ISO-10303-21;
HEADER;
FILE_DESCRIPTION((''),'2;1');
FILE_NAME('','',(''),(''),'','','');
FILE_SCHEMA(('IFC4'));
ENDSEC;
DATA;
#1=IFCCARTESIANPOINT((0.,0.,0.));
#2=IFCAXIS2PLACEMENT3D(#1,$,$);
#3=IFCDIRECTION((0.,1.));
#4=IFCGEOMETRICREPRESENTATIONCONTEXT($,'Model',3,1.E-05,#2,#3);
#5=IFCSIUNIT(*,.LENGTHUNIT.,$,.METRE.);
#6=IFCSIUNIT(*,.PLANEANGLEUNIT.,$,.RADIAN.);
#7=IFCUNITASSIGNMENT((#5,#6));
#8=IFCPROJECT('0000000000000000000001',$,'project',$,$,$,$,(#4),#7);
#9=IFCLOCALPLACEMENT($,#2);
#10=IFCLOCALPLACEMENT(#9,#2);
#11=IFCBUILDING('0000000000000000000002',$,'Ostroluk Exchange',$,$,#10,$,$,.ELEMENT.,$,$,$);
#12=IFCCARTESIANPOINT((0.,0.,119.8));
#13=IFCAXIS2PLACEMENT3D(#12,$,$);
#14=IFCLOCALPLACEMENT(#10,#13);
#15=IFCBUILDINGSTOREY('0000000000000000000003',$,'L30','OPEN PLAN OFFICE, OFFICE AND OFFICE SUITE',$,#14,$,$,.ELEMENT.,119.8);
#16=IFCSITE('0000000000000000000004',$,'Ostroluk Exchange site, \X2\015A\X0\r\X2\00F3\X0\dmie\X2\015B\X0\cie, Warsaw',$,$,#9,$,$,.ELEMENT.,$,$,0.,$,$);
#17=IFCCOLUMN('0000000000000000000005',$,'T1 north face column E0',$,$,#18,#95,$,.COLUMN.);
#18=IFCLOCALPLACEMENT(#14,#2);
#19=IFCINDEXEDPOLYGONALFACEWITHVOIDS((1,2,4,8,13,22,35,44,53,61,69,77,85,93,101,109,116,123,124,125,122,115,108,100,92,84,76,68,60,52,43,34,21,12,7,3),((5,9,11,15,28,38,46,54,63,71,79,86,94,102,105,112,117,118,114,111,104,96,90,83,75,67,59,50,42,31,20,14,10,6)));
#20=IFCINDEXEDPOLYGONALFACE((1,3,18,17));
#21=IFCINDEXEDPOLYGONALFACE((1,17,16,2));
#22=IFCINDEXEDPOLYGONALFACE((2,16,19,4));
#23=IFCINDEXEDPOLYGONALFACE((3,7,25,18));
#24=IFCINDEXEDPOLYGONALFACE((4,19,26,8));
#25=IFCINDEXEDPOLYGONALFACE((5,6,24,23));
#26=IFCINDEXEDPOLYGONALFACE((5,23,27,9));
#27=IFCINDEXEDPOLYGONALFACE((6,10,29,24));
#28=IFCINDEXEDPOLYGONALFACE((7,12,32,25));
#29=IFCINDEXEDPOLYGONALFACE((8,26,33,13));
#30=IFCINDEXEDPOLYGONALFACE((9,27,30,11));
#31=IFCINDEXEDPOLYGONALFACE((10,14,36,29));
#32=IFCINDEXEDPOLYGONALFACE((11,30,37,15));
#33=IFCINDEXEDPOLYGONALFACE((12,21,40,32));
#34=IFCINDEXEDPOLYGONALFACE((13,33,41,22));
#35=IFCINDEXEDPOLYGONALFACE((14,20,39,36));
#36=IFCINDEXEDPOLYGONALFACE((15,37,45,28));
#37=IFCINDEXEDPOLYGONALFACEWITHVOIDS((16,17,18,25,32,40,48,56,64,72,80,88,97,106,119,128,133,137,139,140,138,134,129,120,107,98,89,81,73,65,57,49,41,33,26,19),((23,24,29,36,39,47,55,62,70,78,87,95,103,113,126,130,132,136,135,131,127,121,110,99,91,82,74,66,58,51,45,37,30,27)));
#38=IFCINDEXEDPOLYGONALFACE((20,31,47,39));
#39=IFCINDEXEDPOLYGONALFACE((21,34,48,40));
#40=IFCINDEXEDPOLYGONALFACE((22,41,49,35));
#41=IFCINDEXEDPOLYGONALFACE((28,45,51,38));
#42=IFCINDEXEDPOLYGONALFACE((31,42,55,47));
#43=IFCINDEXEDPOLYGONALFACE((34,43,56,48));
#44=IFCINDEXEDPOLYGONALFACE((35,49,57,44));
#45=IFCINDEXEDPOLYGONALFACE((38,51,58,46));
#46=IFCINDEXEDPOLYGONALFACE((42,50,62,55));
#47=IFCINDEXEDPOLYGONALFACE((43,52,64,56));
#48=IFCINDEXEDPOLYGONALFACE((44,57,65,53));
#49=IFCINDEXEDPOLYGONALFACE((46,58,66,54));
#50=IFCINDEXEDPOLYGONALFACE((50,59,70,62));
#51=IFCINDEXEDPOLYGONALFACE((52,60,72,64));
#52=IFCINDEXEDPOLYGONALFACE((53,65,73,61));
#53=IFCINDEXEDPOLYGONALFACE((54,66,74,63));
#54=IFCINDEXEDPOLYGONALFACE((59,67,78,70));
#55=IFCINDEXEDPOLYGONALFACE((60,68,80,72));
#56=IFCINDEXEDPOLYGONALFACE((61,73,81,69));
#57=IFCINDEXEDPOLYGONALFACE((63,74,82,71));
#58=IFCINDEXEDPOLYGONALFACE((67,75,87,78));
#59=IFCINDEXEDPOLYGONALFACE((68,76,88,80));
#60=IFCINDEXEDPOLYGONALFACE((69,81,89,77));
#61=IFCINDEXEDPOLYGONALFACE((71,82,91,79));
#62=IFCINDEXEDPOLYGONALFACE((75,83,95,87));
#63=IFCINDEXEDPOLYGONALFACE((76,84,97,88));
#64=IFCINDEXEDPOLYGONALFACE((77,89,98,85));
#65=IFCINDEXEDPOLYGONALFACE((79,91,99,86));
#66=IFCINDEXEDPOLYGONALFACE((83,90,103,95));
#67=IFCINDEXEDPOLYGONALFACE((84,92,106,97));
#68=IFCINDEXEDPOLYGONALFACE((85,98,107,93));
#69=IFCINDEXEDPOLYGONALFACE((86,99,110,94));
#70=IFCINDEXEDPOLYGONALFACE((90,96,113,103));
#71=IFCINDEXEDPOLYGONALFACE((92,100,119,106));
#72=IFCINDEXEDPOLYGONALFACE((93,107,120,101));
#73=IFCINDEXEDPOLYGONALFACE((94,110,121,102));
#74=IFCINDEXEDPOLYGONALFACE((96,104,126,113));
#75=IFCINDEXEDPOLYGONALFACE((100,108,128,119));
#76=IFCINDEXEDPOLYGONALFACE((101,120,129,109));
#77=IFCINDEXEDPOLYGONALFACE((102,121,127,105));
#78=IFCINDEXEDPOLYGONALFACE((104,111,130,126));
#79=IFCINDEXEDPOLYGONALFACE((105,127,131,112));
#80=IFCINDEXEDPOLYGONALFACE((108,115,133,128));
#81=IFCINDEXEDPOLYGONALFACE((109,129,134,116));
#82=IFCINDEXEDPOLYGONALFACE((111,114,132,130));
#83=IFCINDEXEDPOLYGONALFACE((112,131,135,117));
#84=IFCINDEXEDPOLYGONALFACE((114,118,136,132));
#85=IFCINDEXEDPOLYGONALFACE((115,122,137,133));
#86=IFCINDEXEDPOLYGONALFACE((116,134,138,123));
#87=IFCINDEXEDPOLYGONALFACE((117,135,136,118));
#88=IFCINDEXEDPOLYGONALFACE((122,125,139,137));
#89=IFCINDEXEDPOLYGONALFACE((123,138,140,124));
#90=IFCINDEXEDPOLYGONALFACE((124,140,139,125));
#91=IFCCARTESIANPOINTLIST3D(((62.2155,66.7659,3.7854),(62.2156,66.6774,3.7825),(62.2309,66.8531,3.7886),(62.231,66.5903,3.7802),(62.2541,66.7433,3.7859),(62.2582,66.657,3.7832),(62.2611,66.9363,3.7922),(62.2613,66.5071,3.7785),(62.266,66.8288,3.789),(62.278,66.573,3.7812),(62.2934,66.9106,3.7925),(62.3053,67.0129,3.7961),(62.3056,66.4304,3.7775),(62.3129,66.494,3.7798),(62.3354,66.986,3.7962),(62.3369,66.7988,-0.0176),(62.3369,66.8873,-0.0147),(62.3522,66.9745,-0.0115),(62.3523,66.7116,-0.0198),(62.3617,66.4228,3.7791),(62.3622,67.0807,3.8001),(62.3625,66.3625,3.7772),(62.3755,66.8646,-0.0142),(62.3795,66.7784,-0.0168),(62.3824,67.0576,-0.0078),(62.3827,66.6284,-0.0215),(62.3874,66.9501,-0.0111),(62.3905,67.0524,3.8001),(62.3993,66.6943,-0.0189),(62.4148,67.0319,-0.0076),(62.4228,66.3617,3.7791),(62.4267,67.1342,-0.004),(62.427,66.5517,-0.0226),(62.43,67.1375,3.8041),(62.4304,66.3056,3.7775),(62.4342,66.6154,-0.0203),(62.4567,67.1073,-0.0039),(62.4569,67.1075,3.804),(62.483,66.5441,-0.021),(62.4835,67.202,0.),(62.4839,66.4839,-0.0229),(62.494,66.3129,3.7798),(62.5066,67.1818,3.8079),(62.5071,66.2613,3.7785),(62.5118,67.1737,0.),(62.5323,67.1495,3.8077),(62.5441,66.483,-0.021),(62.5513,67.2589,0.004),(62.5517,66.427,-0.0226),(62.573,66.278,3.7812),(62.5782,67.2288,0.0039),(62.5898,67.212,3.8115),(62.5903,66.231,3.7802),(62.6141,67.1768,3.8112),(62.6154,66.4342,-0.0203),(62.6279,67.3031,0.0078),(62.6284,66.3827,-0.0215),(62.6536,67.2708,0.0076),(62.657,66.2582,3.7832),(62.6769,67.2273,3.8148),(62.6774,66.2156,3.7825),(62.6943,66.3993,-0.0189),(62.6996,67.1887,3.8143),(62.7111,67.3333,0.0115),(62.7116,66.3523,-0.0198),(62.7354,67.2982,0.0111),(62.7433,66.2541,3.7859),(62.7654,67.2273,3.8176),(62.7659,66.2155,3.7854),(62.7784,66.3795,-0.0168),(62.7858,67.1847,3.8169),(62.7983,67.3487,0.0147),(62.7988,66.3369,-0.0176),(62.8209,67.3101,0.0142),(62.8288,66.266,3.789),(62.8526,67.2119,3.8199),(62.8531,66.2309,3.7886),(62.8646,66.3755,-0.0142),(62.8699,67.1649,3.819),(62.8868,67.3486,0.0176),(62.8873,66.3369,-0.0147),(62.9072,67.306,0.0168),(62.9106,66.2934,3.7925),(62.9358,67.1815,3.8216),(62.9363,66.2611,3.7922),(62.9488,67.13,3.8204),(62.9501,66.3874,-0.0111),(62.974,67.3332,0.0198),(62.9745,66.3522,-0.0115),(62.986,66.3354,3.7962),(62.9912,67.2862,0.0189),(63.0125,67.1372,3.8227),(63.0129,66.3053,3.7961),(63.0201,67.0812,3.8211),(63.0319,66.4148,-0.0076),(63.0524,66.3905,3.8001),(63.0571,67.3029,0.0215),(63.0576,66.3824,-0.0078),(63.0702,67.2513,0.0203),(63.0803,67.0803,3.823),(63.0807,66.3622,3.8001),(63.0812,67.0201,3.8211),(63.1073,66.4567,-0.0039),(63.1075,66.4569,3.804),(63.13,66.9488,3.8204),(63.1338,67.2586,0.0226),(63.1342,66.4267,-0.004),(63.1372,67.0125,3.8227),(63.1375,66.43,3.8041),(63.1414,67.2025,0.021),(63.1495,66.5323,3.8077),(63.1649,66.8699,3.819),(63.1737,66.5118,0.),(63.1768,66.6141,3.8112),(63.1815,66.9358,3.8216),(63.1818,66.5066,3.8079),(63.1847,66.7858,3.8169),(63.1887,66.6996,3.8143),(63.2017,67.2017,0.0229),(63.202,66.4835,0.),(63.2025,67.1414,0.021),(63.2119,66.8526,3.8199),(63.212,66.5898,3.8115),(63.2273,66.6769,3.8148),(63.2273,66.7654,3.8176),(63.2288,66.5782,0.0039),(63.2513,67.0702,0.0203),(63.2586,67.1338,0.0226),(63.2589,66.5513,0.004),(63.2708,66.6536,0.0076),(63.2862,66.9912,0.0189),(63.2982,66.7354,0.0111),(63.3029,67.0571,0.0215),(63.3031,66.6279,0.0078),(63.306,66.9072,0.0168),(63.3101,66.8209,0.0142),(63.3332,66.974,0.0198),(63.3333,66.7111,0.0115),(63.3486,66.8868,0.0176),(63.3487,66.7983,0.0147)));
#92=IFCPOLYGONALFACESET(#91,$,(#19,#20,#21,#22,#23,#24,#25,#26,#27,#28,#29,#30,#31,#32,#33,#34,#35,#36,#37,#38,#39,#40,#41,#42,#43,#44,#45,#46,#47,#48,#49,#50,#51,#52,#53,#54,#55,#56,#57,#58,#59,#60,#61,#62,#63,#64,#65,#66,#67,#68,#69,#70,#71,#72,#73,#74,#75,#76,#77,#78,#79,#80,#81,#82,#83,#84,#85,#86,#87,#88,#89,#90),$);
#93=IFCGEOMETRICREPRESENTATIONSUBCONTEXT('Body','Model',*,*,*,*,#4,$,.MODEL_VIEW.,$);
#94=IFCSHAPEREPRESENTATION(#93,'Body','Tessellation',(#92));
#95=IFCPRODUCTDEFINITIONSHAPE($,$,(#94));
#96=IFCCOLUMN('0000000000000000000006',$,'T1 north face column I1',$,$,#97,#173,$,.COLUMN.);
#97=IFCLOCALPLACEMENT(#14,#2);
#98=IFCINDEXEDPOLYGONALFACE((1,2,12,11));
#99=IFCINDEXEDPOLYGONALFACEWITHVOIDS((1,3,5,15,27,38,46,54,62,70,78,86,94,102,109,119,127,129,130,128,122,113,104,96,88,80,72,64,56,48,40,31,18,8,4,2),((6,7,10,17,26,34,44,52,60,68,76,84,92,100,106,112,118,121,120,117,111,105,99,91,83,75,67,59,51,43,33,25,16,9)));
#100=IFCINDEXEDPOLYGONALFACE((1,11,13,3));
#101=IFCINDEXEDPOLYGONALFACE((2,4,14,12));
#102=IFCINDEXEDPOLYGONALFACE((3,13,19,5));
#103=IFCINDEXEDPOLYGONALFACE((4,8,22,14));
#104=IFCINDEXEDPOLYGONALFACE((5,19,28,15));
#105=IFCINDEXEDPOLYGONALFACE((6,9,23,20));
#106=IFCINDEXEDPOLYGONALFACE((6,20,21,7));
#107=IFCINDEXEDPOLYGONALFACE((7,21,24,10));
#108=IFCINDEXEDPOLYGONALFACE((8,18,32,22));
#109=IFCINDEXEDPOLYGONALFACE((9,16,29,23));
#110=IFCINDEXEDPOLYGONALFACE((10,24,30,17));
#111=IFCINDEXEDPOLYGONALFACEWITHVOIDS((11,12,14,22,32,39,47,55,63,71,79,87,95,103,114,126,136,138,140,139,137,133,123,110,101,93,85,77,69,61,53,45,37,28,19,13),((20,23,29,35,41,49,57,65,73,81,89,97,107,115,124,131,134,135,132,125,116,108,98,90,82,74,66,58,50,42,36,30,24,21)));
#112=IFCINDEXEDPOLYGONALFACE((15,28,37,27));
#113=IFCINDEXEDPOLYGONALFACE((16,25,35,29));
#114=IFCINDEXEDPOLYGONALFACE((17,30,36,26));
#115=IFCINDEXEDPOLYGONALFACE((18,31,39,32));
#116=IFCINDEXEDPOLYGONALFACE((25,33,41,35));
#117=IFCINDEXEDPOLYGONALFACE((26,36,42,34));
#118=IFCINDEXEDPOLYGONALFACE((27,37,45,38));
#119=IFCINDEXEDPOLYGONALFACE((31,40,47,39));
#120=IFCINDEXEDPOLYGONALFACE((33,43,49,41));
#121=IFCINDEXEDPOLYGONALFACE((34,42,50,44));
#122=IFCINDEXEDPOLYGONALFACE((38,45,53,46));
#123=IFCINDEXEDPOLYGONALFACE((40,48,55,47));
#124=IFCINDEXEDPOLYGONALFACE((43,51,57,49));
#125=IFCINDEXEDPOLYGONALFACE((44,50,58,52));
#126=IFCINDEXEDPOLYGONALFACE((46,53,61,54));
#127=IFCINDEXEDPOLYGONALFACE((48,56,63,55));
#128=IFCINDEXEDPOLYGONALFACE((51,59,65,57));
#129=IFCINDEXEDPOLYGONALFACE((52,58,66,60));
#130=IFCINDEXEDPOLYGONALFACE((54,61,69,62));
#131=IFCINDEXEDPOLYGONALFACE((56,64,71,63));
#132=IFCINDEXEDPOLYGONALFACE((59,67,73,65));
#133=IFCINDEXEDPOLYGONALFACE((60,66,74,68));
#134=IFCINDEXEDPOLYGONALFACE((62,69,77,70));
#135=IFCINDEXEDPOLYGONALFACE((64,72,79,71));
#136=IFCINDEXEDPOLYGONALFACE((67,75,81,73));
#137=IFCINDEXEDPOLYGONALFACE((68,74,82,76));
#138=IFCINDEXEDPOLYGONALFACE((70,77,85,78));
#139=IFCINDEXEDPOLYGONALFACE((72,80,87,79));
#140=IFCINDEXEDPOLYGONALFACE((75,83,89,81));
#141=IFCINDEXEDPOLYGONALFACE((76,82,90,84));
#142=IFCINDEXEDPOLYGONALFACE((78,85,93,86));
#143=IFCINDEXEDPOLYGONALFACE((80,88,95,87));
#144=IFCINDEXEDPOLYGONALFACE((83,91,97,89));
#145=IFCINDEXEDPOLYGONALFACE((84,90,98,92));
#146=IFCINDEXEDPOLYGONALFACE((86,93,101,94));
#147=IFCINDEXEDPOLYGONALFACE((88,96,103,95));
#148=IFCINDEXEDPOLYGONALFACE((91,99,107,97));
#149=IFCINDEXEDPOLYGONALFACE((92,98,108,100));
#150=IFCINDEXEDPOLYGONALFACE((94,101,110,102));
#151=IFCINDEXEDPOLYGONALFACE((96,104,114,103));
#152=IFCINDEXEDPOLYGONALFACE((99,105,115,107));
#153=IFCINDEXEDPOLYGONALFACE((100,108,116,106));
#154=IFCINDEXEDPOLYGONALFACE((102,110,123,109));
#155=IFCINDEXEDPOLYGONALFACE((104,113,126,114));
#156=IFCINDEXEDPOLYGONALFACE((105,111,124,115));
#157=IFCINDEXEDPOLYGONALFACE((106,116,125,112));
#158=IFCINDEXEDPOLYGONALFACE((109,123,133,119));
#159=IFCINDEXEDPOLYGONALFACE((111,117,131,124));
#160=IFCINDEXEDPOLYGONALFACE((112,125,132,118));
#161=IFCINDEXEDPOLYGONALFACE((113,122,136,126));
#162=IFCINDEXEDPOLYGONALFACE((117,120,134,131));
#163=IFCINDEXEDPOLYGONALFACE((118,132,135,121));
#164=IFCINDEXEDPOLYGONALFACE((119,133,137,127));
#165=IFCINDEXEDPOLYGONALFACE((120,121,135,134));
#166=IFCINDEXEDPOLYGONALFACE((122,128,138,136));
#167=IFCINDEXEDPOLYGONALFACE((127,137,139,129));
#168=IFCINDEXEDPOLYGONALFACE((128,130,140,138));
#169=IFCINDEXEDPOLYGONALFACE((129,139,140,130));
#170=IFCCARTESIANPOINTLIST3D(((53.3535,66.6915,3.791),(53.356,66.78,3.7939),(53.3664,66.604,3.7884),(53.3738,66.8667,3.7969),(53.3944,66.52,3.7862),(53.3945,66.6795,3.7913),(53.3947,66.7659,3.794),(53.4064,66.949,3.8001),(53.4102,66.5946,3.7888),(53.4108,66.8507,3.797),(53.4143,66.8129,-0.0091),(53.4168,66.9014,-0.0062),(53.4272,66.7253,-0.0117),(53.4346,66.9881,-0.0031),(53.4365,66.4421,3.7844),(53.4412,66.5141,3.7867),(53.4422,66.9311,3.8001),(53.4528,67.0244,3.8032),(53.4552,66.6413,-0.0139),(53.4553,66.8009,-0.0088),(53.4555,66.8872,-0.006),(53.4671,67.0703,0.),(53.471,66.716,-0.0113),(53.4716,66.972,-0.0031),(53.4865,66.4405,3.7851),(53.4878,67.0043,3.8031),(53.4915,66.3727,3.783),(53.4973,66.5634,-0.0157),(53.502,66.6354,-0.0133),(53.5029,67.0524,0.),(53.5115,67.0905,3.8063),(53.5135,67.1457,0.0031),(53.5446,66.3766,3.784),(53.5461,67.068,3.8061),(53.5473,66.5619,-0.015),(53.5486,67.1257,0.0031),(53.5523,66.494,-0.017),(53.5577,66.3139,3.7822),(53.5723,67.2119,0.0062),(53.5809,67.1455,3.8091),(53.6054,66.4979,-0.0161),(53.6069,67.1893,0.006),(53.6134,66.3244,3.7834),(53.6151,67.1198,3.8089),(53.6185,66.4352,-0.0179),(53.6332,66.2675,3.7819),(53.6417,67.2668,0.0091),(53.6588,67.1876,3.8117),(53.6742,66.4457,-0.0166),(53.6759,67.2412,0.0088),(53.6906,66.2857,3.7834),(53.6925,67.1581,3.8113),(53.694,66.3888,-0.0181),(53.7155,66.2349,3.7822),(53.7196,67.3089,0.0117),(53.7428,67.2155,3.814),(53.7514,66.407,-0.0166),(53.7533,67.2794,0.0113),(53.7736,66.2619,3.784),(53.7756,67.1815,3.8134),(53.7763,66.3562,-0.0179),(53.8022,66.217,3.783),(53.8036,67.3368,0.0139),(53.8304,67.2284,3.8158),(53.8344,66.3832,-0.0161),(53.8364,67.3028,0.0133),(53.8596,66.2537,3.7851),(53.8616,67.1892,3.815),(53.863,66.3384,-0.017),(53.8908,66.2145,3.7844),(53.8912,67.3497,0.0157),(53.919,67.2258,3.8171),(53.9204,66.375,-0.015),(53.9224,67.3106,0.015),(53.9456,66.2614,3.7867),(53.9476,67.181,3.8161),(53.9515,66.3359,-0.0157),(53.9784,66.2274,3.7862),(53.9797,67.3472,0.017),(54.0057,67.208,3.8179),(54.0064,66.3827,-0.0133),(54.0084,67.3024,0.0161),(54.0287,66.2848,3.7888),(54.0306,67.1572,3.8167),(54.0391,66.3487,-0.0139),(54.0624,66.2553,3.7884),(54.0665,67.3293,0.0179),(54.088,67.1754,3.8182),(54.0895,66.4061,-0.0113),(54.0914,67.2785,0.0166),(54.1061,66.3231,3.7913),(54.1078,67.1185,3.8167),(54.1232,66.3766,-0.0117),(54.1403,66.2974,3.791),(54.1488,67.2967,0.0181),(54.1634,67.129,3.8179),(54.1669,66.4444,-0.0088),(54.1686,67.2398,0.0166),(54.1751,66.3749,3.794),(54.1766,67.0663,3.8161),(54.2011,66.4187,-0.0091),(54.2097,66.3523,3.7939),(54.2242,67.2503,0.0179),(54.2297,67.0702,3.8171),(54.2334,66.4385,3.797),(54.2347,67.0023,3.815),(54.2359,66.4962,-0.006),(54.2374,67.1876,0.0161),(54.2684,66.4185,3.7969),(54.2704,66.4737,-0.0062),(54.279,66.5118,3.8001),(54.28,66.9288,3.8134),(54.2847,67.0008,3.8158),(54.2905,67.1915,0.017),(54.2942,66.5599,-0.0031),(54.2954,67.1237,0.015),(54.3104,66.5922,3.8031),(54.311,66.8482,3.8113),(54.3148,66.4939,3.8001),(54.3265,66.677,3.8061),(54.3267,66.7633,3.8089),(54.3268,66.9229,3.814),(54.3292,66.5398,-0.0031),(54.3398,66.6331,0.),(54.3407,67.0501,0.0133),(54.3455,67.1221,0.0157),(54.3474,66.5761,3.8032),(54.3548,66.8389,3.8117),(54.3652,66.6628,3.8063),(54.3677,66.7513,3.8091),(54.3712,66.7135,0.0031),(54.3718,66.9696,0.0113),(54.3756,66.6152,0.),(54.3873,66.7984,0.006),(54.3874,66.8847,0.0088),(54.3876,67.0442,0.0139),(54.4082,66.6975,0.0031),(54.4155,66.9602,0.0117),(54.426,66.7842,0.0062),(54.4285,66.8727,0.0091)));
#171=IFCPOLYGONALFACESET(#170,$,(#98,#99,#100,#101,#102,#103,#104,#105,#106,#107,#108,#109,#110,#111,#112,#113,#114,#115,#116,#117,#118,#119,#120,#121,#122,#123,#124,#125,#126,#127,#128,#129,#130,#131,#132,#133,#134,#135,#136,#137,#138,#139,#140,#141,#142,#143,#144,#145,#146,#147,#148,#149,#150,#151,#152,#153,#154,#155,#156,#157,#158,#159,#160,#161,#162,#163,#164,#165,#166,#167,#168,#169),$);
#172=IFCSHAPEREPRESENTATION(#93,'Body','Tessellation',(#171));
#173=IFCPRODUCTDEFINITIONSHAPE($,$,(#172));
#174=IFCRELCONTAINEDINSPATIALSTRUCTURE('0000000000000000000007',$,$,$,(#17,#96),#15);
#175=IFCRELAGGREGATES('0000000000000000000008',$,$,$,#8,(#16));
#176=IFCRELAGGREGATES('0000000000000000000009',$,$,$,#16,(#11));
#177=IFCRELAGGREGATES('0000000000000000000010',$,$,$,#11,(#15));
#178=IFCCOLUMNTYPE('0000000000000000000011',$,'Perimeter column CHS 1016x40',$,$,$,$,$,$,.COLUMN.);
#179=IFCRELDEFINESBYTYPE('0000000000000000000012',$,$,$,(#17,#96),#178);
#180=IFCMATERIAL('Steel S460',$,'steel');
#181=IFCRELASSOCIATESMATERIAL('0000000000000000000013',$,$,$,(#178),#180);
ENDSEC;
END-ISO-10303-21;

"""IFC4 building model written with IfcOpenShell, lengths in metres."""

from ifc_helpers import new_model, si_unit, direction, frame, origin, origin_2d, place, context, subcontext, project, spatial, hollow_circle, extrude, material, material_profile, profile_set, type_object, element, save


model = new_model("IFC4")

# Units and contexts
model_context = context("Model", 3, precision=1e-05, world=origin(), true_north=direction((0.0, 1.0)))
body_context = subcontext(model_context, "Body", "Model", "MODEL_VIEW")
ifc_project = project(units=[si_unit("LENGTHUNIT", "METRE"), si_unit("PLANEANGLEUNIT", "RADIAN")], contexts=[model_context])

# Site, building, storey
site_placement = place(None, origin())
site = spatial("IfcSite", under=ifc_project, at=site_placement, Name="Ostroluk Exchange site, Śródmieście, Warsaw", CompositionType="ELEMENT", RefElevation=0.0)
building_placement = place(site_placement, origin())
building = spatial("IfcBuilding", under=site, at=building_placement, Name="Ostroluk Exchange", CompositionType="ELEMENT")
storey_placement = place(building_placement, frame((0.0, 0.0, 119.8)))
storey = spatial("IfcBuildingStorey", under=building, at=storey_placement, Name="L30", Description="OPEN PLAN OFFICE, OFFICE AND OFFICE SUITE", CompositionType="ELEMENT", Elevation=119.8)

# Columns
ifc_material_1 = material(Name="Steel S460", Category="steel")
ifc_material_profile_1 = material_profile(ifc_material_1, hollow_circle(Radius=0.5081, WallThickness=0.04, at=origin_2d()), Name="CHS 1016x40")
ifc_profile_set_1 = profile_set([ifc_material_profile_1], Name="Steel S460")
column_type = type_object("IfcColumnType", Name="Perimeter column CHS 1016x40", PredefinedType="COLUMN", material=ifc_profile_set_1)
column_1_placement = place(storey_placement, frame((62.8428, 66.8428, 0.0), z_axis=(-0.031898, -0.031898, 0.998982), x_axis=(0.707107, -0.707107, 0.0)))
element("IfcColumn", 1, at=column_1_placement, inside=storey, type_object=column_type, Name="T1 north face column E0", PredefinedType="COLUMN", context=body_context, shape_type="SweptSolid", body=[
    extrude(hollow_circle(Radius=0.5081, WallThickness=0.04, at=origin_2d()), origin(), (0.0, 0.0, 1.0), 3.804),
])
column_2_placement = place(storey_placement, frame((53.9214, 66.8428, 0.0), z_axis=(-0.015987, -0.03191, 0.999363), x_axis=(0.894067, -0.447933, 0.0)))
element("IfcColumn", 2, at=column_2_placement, inside=storey, type_object=column_type, Name="T1 north face column I1", PredefinedType="COLUMN", context=body_context, shape_type="SweptSolid", body=[
    extrude(hollow_circle(Radius=0.5081, WallThickness=0.04, at=origin_2d()), origin(), (0.0, 0.0, 1.0), 3.8025),
])

save(model, "model.ifc")
